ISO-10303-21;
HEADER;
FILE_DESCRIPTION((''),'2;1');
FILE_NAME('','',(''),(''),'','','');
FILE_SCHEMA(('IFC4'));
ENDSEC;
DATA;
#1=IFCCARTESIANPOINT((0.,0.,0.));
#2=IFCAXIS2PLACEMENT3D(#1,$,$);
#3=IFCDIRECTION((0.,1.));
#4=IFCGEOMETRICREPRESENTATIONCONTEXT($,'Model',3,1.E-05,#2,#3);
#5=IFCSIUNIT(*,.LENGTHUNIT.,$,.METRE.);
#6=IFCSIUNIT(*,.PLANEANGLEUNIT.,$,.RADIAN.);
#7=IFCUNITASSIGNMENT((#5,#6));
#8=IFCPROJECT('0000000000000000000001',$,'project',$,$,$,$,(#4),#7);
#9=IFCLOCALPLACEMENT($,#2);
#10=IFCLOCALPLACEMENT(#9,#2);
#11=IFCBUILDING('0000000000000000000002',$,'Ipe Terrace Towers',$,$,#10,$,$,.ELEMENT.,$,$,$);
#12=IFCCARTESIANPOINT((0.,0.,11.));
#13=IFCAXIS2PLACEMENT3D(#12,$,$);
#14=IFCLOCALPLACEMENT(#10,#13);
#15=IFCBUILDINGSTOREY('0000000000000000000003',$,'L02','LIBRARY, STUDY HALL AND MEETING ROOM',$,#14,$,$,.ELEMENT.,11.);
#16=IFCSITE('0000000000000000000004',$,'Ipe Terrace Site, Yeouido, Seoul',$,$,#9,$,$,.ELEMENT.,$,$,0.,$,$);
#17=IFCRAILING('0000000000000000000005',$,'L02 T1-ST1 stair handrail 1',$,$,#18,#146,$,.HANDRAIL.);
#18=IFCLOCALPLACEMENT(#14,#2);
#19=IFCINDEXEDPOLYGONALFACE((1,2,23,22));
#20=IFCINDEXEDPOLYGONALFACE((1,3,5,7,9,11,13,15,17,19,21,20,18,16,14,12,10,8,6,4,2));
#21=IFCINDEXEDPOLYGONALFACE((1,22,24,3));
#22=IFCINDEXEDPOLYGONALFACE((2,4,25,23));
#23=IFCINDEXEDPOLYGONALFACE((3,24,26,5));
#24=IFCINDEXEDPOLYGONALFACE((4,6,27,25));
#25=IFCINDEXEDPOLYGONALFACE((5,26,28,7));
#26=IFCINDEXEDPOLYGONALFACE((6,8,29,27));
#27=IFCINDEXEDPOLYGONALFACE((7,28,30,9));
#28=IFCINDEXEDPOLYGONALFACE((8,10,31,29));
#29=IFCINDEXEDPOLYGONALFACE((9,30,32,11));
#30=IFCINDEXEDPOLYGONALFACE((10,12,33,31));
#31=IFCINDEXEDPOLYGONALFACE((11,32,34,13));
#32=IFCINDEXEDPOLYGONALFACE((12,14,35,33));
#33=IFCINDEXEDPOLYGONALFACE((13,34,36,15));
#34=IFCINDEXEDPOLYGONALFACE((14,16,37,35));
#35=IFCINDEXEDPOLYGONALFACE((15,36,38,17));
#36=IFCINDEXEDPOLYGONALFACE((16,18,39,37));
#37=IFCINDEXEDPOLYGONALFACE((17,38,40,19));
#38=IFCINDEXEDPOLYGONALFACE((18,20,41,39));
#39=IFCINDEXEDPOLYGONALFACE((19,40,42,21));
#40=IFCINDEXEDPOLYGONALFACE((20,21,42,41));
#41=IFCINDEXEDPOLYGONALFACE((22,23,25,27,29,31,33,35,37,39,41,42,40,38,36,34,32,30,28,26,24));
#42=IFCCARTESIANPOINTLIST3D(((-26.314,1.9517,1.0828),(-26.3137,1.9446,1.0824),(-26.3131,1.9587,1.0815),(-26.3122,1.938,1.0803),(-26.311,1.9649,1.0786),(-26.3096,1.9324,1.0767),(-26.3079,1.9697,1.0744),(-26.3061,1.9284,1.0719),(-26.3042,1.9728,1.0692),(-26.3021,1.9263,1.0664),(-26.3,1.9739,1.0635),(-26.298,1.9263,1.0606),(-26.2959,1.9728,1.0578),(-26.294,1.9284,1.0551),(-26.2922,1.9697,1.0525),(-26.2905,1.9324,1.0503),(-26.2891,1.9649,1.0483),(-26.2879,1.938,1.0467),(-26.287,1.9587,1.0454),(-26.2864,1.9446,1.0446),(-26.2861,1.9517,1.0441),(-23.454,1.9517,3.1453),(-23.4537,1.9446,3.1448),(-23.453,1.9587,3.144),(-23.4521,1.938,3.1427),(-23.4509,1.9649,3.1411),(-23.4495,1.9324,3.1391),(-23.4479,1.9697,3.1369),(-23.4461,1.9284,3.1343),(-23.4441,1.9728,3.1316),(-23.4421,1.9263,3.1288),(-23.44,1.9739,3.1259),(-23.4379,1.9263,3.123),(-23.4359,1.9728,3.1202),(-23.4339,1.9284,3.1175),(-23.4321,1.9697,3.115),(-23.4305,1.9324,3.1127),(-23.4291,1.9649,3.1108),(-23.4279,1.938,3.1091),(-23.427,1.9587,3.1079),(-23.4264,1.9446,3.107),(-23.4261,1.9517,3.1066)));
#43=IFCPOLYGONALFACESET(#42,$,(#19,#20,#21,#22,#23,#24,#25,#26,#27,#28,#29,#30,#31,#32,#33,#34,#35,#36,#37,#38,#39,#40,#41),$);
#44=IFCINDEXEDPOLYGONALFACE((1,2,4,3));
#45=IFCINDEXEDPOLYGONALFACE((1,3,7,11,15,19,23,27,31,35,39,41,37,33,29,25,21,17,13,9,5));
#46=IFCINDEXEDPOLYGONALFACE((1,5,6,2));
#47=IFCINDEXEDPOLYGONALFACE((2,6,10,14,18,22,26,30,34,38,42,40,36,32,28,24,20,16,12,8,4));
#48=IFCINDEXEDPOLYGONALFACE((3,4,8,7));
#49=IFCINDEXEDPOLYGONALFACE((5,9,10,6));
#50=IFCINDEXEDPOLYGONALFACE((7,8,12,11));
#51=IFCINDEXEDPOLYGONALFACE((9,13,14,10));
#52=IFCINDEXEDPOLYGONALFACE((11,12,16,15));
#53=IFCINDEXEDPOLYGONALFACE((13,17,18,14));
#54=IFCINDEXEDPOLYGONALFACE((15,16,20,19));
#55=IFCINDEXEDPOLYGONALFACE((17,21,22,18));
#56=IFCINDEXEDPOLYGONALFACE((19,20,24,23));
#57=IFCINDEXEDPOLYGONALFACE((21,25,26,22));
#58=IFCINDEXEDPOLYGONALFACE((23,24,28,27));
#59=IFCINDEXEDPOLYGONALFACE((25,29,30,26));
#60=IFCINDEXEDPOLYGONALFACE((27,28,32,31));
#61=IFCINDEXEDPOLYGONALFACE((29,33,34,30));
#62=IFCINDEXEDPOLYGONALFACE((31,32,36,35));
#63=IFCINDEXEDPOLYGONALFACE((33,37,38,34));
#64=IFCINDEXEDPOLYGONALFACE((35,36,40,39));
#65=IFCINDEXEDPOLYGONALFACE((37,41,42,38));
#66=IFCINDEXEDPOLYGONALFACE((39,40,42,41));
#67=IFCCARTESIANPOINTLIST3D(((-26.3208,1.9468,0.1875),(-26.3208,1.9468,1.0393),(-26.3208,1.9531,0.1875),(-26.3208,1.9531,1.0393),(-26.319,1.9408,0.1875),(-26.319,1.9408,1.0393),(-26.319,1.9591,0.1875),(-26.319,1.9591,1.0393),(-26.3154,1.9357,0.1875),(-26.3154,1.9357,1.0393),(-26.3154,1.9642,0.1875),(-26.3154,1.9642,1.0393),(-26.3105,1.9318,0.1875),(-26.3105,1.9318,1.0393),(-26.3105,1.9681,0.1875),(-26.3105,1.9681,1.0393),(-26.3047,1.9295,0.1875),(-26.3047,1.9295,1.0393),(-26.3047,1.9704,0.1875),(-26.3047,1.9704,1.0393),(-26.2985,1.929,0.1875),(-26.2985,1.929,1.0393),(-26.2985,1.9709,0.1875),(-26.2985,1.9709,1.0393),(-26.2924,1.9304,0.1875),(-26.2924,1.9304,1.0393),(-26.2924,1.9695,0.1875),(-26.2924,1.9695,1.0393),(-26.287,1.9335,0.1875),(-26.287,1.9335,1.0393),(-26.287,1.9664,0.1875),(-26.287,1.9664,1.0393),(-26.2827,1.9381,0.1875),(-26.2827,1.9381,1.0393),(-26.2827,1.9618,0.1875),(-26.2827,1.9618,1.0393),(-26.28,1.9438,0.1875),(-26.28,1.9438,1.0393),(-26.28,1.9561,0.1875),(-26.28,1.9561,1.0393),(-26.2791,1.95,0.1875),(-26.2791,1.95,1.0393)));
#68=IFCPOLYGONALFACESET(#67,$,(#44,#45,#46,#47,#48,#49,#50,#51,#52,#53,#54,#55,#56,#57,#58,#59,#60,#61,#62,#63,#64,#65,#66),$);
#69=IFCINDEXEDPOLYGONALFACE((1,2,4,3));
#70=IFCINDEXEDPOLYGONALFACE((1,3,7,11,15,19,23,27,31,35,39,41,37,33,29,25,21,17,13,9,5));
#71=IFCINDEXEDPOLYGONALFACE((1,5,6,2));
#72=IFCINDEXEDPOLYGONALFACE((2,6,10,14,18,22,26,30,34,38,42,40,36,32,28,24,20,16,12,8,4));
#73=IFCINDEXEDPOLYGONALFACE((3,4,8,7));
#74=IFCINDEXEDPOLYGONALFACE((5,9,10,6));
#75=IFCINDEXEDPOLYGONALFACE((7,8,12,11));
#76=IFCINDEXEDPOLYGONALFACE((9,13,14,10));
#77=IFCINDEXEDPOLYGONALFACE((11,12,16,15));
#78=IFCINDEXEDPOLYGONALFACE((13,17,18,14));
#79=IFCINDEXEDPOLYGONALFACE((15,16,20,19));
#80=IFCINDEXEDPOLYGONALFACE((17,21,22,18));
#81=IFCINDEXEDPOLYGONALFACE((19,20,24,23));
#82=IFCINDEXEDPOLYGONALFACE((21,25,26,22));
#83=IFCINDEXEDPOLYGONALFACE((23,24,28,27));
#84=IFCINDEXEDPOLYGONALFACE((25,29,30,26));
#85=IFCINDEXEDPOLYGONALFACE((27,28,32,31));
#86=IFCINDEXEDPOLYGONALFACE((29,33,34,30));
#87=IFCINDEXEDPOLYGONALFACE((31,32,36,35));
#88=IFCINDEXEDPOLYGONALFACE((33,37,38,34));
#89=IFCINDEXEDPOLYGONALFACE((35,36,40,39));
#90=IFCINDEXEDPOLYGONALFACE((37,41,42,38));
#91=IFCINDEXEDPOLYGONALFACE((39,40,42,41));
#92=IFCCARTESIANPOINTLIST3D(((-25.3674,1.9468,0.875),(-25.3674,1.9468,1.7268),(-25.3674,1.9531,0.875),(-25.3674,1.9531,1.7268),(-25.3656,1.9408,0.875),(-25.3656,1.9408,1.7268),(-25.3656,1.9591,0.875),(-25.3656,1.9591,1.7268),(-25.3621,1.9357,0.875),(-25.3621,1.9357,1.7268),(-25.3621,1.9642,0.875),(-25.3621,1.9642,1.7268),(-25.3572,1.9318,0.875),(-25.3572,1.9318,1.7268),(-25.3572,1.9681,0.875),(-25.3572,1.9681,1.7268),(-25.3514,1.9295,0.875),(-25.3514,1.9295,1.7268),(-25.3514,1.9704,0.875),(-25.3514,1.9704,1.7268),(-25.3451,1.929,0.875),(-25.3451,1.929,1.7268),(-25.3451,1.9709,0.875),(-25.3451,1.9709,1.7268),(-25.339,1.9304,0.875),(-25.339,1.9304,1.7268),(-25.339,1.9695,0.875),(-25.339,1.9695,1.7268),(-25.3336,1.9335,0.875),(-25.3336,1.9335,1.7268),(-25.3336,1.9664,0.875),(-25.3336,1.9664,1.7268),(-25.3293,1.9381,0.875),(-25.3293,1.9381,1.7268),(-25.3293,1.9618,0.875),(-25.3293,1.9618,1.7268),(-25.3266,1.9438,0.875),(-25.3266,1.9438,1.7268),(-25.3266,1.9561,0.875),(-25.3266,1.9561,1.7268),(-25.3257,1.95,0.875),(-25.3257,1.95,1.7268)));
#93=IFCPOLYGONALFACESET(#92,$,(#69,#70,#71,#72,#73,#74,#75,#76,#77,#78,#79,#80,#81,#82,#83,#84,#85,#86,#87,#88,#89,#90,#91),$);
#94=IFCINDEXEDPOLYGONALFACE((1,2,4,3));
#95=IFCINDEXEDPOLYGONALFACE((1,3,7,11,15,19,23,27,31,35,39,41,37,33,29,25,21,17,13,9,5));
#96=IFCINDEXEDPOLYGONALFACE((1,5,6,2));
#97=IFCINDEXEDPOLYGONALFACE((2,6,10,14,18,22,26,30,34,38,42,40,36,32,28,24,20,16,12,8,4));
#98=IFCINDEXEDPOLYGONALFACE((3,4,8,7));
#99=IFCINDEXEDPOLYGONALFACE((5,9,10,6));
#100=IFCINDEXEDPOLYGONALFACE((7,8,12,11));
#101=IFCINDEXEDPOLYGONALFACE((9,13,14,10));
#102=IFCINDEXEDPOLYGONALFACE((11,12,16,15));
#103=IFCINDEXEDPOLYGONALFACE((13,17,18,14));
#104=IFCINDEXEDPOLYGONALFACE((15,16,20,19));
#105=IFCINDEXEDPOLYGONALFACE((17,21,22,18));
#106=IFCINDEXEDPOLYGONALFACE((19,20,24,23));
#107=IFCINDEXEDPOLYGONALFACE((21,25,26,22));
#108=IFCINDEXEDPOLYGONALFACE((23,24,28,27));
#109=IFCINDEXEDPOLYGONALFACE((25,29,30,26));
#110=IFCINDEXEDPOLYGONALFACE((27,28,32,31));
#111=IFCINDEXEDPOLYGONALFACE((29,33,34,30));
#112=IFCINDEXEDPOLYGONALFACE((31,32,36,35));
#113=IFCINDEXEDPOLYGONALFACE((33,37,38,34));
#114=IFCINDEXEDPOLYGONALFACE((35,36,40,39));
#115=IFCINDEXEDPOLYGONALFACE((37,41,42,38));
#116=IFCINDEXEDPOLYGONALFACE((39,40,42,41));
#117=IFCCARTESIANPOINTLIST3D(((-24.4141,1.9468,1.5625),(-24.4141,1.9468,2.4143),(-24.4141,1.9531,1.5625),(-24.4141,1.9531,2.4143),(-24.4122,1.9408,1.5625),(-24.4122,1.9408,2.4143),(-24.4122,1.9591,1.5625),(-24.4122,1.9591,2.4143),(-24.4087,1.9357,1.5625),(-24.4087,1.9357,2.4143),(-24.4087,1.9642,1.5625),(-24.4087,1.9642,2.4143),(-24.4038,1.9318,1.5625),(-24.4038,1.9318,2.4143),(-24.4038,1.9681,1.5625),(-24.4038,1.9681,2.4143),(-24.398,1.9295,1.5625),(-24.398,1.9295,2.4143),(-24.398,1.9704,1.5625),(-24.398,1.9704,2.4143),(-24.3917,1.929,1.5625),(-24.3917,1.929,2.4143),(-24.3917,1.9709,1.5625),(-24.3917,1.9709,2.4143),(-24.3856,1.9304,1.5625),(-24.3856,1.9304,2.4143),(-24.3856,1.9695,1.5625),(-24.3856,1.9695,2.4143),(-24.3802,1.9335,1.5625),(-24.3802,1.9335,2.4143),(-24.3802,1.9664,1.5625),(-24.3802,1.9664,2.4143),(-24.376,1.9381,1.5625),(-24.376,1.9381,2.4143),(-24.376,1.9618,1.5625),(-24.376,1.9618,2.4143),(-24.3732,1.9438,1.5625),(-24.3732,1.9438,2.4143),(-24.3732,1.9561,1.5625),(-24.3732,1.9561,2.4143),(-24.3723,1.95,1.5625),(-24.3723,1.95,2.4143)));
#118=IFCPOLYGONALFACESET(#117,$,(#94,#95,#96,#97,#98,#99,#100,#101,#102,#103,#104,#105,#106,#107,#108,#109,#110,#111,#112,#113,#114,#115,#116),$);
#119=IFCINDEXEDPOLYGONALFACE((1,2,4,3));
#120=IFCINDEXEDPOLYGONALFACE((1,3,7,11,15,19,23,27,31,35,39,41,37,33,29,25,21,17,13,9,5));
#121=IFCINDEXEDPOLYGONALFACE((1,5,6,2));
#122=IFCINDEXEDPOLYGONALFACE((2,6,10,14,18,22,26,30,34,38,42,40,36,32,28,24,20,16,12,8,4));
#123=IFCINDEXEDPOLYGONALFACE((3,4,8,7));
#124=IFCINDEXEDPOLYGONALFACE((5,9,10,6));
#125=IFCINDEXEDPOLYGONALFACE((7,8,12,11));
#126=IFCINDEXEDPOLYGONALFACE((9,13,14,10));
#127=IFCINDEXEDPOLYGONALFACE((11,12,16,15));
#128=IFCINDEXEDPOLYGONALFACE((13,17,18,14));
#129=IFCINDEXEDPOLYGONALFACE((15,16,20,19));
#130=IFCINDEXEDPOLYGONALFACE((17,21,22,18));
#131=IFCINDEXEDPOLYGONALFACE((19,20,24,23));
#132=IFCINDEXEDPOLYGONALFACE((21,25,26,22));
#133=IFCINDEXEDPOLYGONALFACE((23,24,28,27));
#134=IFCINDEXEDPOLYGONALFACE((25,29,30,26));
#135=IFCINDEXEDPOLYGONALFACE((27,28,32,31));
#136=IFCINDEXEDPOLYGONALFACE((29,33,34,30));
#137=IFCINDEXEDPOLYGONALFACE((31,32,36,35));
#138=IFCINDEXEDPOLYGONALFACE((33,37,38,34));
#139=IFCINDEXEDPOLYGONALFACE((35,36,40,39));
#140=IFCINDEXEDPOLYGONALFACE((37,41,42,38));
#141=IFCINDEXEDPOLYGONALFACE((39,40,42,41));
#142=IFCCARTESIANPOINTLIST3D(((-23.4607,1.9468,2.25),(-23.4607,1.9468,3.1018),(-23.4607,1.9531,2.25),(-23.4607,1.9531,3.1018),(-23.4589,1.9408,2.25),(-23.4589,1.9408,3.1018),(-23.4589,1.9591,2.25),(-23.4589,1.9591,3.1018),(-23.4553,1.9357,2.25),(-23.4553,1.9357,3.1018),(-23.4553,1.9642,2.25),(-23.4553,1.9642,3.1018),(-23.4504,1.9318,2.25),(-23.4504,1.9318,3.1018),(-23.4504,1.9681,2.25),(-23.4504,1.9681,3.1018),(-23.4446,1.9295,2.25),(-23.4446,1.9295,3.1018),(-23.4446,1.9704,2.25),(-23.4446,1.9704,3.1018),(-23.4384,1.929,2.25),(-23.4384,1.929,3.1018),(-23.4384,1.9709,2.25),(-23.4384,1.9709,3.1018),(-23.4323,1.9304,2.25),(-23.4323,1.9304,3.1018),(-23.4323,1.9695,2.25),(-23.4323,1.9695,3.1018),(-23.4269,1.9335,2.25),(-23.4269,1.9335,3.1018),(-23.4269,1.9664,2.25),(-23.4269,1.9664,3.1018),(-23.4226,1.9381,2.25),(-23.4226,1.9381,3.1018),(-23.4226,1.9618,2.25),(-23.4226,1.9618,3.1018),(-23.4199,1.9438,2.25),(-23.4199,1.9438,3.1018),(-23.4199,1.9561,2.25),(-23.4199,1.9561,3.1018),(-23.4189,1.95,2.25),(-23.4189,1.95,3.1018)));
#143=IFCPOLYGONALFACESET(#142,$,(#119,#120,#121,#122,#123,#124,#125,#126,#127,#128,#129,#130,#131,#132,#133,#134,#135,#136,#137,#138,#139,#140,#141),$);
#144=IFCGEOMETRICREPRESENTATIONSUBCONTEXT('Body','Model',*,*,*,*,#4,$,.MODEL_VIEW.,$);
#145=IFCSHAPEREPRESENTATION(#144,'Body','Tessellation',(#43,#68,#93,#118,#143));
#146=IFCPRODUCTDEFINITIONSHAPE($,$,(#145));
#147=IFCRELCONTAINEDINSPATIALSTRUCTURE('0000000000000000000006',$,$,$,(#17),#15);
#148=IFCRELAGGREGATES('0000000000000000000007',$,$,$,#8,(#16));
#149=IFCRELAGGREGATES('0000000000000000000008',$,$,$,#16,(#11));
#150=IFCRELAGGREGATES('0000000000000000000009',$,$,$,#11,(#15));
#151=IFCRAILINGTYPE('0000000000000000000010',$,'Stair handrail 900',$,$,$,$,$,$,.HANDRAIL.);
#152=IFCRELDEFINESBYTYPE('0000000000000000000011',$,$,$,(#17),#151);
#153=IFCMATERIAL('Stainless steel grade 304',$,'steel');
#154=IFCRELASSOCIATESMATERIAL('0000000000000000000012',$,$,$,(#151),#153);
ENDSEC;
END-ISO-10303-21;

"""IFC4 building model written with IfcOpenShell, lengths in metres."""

from ifc_helpers import new_model, si_unit, direction, frame, origin, origin_2d, place, context, subcontext, project, spatial, circle, extrude, material, type_object, element, save


model = new_model("IFC4")

# Units and contexts
model_context = context("Model", 3, precision=1e-05, world=origin(), true_north=direction((0.0, 1.0)))
body_context = subcontext(model_context, "Body", "Model", "MODEL_VIEW")
ifc_project = project(units=[si_unit("LENGTHUNIT", "METRE"), si_unit("PLANEANGLEUNIT", "RADIAN")], contexts=[model_context])

# Site, building, storey
site_placement = place(None, origin())
site = spatial("IfcSite", under=ifc_project, at=site_placement, Name="Ipe Terrace Site, Yeouido, Seoul", CompositionType="ELEMENT", RefElevation=0.0)
building_placement = place(site_placement, origin())
building = spatial("IfcBuilding", under=site, at=building_placement, Name="Ipe Terrace Towers", CompositionType="ELEMENT")
storey_placement = place(building_placement, frame((0.0, 0.0, 11.0)))
storey = spatial("IfcBuildingStorey", under=building, at=storey_placement, Name="L02", Description="LIBRARY, STUDY HALL AND MEETING ROOM", CompositionType="ELEMENT", Elevation=11.0)

# Railing
ifc_material_1 = material(Name="Stainless steel grade 304", Category="steel")
railing_type_1 = type_object("IfcRailingType", Name="Stair handrail 900", PredefinedType="HANDRAIL", material=ifc_material_1)
railing_1_placement = place(storey_placement, frame((-26.3, 1.95, 0.1875)))
element("IfcRailing", 1, at=railing_1_placement, inside=storey, type_object=railing_type_1, Name="L02 T1-ST1 stair handrail 1", PredefinedType="HANDRAIL", context=body_context, shape_type="SweptSolid", body=[
    extrude(circle(Radius=0.0239, at=origin_2d()), frame((0.0, 0.0, 0.876), z_axis=(0.811101, 0.0, 0.584906), x_axis=(0.0, 1.0, 0.0)), (0.0, 0.0, 1.0), 3.5261),
    extrude(circle(Radius=0.021, at=origin_2d()), origin(), (0.0, 0.0, 1.0), 0.8518),
    extrude(circle(Radius=0.021, at=origin_2d()), frame((0.9534, 0.0, 0.6875)), (0.0, 0.0, 1.0), 0.8518),
    extrude(circle(Radius=0.021, at=origin_2d()), frame((1.9067, 0.0, 1.375)), (0.0, 0.0, 1.0), 0.8518),
    extrude(circle(Radius=0.021, at=origin_2d()), frame((2.8601, 0.0, 2.0625)), (0.0, 0.0, 1.0), 0.8518),
])

save(model, "model.ifc")
